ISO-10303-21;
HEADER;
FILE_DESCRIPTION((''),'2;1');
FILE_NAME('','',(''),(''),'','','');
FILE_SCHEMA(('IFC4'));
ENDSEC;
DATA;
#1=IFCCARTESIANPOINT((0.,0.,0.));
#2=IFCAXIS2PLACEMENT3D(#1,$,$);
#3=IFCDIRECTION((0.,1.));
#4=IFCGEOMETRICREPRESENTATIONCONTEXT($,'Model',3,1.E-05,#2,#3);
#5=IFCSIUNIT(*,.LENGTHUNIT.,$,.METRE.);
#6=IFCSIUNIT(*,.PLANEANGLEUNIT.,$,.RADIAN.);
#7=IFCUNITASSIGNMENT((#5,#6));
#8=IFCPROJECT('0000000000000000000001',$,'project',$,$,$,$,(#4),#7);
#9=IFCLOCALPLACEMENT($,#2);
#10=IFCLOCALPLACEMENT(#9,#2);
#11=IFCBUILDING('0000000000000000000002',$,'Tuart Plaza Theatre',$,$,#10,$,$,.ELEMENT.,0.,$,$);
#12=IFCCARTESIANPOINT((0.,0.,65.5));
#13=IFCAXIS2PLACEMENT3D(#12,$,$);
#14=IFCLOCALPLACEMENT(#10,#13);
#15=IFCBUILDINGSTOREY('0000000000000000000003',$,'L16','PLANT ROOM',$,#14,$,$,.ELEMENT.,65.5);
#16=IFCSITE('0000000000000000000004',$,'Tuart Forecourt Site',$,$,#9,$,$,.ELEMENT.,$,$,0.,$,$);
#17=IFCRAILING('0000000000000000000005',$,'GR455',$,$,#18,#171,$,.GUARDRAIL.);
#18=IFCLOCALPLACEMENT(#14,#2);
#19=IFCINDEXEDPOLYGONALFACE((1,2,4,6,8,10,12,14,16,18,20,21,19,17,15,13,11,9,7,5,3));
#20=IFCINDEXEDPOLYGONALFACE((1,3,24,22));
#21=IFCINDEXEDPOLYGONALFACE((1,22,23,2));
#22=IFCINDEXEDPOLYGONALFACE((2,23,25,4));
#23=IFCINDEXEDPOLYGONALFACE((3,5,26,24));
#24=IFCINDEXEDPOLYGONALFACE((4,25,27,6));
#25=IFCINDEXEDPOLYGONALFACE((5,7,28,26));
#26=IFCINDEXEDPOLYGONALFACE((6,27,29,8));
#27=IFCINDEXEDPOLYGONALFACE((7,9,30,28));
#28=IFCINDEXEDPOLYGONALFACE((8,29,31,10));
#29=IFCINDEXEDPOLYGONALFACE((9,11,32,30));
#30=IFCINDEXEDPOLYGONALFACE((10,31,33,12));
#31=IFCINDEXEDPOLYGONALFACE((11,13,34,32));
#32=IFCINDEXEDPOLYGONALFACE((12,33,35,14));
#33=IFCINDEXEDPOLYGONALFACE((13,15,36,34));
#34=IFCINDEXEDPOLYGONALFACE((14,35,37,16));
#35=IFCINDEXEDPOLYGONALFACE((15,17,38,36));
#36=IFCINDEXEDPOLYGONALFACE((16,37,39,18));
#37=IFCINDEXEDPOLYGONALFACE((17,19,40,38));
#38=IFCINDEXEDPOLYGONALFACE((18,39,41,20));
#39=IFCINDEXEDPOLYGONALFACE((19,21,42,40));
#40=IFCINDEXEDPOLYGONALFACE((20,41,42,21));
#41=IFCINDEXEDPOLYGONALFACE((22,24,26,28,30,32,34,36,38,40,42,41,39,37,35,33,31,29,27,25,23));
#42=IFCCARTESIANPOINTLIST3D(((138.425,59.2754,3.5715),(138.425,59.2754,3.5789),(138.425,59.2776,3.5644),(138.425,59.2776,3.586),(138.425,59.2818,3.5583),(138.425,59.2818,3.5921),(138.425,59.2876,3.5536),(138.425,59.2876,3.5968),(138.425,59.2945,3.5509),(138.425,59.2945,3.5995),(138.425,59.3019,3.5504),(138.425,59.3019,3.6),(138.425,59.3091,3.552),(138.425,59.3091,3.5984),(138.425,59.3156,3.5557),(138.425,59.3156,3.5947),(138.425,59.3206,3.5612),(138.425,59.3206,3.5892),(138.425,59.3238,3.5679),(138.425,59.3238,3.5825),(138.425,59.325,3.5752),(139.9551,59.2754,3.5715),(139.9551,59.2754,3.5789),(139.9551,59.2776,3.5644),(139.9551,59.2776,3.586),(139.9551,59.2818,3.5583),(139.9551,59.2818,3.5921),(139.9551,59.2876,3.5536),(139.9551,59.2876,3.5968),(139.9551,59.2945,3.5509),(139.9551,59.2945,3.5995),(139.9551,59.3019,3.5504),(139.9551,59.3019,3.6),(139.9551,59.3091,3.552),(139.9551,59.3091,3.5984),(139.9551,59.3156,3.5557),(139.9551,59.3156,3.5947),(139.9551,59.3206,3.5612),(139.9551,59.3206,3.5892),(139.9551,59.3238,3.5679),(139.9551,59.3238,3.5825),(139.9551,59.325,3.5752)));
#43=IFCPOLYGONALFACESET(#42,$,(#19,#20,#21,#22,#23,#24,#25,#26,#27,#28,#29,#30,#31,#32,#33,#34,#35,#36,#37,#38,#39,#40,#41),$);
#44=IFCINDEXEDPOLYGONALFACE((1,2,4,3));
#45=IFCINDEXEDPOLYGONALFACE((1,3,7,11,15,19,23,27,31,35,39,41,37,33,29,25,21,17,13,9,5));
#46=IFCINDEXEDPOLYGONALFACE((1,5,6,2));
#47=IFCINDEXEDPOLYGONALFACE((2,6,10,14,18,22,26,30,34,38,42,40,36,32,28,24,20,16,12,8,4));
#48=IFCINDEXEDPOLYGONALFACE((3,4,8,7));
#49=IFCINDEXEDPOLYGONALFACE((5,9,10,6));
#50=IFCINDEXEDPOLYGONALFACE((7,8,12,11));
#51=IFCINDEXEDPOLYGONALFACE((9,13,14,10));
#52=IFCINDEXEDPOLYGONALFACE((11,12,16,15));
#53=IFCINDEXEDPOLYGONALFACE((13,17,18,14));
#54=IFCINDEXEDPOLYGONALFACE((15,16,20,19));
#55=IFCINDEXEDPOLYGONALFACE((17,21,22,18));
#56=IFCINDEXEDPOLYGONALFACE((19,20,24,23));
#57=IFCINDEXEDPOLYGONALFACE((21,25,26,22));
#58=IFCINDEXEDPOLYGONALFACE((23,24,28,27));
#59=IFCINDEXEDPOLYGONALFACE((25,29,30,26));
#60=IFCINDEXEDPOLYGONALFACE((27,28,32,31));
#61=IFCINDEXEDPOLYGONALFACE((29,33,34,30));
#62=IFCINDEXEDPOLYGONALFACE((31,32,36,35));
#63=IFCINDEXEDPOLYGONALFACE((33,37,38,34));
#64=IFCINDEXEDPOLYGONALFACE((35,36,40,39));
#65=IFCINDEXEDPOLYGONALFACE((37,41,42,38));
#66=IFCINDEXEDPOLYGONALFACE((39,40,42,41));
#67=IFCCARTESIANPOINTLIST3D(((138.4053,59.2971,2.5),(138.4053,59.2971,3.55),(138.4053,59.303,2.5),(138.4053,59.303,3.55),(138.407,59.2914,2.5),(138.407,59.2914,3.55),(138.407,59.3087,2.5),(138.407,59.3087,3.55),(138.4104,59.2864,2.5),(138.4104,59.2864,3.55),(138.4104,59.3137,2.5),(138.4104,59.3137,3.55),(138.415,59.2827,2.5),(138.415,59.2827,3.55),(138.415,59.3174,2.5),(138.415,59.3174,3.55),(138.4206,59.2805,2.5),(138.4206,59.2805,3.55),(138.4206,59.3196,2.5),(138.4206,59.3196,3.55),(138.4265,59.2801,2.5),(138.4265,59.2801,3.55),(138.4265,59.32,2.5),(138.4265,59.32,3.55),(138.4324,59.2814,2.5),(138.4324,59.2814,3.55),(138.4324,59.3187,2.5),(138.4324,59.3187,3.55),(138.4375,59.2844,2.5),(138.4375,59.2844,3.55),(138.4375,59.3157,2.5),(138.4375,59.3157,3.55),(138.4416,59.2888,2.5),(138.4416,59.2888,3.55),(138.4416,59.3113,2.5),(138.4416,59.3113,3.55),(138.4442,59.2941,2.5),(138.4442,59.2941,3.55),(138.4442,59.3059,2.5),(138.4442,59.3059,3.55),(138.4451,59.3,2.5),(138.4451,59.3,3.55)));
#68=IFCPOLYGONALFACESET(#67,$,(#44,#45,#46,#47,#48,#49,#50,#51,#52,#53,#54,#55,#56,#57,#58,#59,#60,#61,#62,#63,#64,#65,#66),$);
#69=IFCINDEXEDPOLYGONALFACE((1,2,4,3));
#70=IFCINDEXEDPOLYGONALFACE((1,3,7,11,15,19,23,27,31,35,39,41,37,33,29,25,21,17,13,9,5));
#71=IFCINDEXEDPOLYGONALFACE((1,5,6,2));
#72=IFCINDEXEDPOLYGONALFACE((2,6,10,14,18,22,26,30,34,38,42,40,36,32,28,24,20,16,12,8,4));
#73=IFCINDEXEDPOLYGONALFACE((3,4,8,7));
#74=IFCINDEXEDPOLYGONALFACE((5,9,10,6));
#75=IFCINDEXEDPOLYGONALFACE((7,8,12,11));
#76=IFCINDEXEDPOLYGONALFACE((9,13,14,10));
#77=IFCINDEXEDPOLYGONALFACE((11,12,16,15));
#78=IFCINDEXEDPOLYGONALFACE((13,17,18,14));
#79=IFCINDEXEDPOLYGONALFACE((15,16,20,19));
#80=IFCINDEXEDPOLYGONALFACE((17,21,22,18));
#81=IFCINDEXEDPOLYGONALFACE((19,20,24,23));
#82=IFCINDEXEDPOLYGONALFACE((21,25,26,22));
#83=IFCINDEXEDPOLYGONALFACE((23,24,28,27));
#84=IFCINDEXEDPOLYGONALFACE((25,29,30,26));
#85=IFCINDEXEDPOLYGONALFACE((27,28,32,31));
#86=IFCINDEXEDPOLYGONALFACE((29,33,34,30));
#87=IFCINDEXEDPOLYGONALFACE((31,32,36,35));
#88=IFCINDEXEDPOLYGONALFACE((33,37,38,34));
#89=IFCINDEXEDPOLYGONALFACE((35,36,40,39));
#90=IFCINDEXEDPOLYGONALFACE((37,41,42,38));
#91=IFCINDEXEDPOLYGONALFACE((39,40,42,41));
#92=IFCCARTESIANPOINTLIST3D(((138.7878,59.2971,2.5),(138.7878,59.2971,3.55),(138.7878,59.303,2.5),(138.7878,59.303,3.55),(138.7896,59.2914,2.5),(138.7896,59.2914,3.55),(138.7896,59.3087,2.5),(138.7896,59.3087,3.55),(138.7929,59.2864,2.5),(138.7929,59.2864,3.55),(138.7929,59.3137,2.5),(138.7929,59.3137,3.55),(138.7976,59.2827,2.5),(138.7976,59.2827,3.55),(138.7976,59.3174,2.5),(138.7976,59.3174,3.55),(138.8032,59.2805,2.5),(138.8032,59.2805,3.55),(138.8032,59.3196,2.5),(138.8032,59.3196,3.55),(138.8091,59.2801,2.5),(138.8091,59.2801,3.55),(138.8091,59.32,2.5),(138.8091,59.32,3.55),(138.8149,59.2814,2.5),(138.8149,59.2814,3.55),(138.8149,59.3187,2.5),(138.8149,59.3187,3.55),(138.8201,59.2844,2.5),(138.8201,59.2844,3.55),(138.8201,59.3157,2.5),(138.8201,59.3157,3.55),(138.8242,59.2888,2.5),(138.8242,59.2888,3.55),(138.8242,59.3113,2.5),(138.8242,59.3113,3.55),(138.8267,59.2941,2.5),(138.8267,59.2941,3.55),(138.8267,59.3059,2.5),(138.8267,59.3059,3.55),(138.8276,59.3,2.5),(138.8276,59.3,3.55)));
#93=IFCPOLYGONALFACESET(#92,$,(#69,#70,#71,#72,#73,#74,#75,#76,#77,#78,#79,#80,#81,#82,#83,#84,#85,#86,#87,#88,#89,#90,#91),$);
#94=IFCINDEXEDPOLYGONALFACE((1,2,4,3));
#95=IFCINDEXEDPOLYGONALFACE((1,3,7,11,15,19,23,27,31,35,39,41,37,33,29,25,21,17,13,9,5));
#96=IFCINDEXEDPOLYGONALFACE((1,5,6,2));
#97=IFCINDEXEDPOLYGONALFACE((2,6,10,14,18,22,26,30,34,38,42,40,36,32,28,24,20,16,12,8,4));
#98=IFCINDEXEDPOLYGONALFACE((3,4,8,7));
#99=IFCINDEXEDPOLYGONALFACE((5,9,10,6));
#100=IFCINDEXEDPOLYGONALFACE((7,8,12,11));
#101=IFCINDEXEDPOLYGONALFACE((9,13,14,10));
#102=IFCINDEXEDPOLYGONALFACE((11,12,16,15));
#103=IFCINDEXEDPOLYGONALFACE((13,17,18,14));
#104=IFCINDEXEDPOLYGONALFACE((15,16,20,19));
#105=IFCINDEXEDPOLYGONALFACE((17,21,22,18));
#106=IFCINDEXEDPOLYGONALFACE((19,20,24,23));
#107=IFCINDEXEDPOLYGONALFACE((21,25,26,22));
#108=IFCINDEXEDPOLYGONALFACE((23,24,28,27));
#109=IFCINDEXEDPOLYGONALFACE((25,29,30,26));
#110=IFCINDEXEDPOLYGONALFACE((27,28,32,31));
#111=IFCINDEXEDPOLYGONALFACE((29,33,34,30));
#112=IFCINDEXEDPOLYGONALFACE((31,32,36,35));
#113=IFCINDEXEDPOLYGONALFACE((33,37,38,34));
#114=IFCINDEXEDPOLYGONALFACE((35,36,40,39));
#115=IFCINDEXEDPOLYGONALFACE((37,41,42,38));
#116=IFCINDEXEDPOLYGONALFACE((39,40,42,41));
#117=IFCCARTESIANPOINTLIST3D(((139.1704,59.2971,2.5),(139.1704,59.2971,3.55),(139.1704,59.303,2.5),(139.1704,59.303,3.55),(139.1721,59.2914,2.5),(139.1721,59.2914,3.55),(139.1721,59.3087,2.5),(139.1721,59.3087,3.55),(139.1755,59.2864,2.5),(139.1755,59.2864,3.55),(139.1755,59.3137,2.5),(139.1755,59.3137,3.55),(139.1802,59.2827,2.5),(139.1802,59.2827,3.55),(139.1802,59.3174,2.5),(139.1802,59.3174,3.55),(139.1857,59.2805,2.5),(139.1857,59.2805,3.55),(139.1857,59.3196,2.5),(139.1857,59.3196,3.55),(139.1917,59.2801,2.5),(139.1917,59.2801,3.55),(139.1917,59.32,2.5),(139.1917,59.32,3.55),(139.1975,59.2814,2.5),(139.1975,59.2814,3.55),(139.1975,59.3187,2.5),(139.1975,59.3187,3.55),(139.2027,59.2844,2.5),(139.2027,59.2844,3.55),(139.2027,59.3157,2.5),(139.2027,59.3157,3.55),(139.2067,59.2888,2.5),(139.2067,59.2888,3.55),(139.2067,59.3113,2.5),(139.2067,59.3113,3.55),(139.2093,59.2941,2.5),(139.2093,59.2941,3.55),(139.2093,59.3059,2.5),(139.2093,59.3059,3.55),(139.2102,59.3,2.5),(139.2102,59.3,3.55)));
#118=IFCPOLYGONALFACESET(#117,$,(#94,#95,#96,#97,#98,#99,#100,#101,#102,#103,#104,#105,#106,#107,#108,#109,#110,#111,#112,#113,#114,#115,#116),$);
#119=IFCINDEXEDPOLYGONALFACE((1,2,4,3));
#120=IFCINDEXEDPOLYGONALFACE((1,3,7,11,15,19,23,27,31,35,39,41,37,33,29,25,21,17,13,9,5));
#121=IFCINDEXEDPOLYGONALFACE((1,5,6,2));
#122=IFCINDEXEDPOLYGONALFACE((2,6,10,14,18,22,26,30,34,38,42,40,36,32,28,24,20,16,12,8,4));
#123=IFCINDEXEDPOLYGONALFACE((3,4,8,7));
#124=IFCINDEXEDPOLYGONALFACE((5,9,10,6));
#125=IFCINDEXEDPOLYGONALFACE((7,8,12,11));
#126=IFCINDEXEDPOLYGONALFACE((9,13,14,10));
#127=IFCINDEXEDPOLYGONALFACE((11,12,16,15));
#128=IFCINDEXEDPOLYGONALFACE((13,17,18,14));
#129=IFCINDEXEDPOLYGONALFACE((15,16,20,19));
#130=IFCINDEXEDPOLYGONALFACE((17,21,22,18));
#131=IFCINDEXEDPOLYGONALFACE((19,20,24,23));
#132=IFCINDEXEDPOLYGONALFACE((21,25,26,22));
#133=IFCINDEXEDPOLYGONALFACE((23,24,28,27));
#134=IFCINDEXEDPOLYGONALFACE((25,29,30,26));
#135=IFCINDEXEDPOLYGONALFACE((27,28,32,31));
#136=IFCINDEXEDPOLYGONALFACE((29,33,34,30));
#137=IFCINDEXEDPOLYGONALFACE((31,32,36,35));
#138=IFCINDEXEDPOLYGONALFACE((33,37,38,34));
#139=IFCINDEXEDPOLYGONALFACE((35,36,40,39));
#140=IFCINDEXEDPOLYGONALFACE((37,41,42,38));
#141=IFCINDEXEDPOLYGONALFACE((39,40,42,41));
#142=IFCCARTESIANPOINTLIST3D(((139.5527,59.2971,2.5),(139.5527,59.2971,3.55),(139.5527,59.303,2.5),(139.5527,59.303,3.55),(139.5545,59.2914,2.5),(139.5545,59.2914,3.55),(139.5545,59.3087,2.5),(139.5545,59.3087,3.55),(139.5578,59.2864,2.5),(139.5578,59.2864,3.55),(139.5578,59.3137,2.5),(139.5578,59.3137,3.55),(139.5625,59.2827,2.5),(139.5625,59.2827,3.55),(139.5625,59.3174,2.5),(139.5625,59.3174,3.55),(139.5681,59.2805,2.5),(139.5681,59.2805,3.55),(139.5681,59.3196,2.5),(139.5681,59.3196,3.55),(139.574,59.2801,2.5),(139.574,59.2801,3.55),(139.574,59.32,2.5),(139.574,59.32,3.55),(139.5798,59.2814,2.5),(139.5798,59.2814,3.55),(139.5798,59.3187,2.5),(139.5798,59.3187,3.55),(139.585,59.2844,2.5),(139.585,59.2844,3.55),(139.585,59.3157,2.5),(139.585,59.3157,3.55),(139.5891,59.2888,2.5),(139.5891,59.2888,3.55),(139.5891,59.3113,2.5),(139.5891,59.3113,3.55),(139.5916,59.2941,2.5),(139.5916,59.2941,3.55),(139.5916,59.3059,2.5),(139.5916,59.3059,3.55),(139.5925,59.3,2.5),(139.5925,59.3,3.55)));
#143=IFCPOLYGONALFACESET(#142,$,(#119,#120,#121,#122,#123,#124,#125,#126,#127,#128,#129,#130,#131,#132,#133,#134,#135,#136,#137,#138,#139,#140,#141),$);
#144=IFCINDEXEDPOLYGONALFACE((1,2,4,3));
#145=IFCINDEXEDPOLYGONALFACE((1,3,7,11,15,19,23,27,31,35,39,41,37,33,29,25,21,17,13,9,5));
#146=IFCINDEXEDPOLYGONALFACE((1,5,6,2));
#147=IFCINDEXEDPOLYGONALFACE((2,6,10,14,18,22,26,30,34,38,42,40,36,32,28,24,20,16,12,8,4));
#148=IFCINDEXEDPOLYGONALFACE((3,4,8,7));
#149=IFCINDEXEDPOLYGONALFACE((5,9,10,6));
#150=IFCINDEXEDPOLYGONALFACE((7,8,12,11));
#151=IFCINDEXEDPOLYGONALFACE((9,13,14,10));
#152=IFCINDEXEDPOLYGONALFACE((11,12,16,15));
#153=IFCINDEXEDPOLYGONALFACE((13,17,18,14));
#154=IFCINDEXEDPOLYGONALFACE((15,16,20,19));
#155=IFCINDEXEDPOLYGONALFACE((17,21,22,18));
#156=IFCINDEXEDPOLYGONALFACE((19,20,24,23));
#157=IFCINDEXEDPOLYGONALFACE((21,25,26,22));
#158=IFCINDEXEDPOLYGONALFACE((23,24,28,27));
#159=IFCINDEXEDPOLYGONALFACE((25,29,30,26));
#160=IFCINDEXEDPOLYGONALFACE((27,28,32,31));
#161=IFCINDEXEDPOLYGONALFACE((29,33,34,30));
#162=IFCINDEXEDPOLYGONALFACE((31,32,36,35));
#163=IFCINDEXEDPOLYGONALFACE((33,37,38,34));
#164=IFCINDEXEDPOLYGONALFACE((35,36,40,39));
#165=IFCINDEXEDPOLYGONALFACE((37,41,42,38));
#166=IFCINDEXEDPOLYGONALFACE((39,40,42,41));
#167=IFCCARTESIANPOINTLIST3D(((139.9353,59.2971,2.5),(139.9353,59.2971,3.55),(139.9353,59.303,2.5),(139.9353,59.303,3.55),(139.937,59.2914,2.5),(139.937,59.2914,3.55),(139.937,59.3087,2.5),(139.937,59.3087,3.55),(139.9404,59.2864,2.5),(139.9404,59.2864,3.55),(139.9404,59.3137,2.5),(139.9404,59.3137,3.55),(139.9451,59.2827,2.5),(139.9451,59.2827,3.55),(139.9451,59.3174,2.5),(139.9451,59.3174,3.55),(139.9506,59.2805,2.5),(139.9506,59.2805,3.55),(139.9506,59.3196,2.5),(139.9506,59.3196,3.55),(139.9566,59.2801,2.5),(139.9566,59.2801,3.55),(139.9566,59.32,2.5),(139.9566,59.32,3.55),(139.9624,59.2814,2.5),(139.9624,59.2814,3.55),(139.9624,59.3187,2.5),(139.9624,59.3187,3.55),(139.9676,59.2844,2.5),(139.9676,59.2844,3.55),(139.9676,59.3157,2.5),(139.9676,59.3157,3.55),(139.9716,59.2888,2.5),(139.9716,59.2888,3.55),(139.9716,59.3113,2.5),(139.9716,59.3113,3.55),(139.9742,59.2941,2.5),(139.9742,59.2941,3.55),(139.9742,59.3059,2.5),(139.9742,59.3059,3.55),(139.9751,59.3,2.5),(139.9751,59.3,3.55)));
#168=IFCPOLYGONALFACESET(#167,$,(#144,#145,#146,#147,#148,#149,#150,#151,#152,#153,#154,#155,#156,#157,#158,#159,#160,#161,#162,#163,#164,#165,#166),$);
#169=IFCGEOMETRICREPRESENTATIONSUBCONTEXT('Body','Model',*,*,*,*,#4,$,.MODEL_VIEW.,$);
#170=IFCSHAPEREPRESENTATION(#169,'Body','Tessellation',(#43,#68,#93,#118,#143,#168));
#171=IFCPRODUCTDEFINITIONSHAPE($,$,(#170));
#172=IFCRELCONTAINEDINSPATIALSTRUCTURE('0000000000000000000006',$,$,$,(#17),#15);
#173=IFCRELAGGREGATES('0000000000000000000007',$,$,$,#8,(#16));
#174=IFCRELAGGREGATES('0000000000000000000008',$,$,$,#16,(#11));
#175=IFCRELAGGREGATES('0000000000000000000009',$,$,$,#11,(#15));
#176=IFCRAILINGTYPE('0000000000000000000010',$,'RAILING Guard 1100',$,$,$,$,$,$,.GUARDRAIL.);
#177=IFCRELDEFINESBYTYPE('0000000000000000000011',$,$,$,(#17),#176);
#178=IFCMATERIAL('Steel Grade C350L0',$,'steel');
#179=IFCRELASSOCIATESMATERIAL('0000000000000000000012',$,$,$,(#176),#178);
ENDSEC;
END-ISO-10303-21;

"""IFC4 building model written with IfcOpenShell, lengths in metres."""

from ifc_helpers import new_model, si_unit, direction, frame, origin, origin_2d, place, context, subcontext, project, spatial, circle, extrude, material, type_object, element, save


model = new_model("IFC4")

# Units and contexts
model_context = context("Model", 3, precision=1e-05, world=origin(), true_north=direction((0.0, 1.0)))
body_context = subcontext(model_context, "Body", "Model", "MODEL_VIEW")
ifc_project = project(units=[si_unit("LENGTHUNIT", "METRE"), si_unit("PLANEANGLEUNIT", "RADIAN")], contexts=[model_context])

# Site, building, storey
site_placement = place(None, origin())
site = spatial("IfcSite", under=ifc_project, at=site_placement, Name="Tuart Forecourt Site", CompositionType="ELEMENT", RefElevation=0.0)
building_placement = place(site_placement, origin())
building = spatial("IfcBuilding", under=site, at=building_placement, Name="Tuart Plaza Theatre", CompositionType="ELEMENT", ElevationOfRefHeight=0.0)
storey_placement = place(building_placement, frame((0.0, 0.0, 65.5)))
storey = spatial("IfcBuildingStorey", under=building, at=storey_placement, Name="L16", Description="PLANT ROOM", CompositionType="ELEMENT", Elevation=65.5)

# Railing
ifc_material_1 = material(Name="Steel Grade C350L0", Category="steel")
railing_type_1 = type_object("IfcRailingType", Name="RAILING Guard 1100", PredefinedType="GUARDRAIL", material=ifc_material_1)
railing_1_placement = place(storey_placement, frame((138.425, 59.3, 2.5)))
element("IfcRailing", 1, at=railing_1_placement, inside=storey, type_object=railing_type_1, Name="GR455", PredefinedType="GUARDRAIL", context=body_context, shape_type="SweptSolid", body=[
    extrude(circle(Radius=0.0249, at=origin_2d()), frame((0.0, 0.0, 1.0752), z_axis=(1.0, 0.0, 0.0), x_axis=(0.0, 1.0, 0.0)), (0.0, 0.0, 1.0), 1.53),
    extrude(circle(Radius=0.02, at=origin_2d()), origin(), (0.0, 0.0, 1.0), 1.05),
    extrude(circle(Radius=0.02, at=origin_2d()), frame((0.3826, 0.0, 0.0)), (0.0, 0.0, 1.0), 1.05),
    extrude(circle(Radius=0.02, at=origin_2d()), frame((0.7651, 0.0, 0.0)), (0.0, 0.0, 1.0), 1.05),
    extrude(circle(Radius=0.02, at=origin_2d()), frame((1.1475, 0.0, 0.0)), (0.0, 0.0, 1.0), 1.05),
    extrude(circle(Radius=0.02, at=origin_2d()), frame((1.53, 0.0, 0.0)), (0.0, 0.0, 1.0), 1.05),
])

save(model, "model.ifc")
